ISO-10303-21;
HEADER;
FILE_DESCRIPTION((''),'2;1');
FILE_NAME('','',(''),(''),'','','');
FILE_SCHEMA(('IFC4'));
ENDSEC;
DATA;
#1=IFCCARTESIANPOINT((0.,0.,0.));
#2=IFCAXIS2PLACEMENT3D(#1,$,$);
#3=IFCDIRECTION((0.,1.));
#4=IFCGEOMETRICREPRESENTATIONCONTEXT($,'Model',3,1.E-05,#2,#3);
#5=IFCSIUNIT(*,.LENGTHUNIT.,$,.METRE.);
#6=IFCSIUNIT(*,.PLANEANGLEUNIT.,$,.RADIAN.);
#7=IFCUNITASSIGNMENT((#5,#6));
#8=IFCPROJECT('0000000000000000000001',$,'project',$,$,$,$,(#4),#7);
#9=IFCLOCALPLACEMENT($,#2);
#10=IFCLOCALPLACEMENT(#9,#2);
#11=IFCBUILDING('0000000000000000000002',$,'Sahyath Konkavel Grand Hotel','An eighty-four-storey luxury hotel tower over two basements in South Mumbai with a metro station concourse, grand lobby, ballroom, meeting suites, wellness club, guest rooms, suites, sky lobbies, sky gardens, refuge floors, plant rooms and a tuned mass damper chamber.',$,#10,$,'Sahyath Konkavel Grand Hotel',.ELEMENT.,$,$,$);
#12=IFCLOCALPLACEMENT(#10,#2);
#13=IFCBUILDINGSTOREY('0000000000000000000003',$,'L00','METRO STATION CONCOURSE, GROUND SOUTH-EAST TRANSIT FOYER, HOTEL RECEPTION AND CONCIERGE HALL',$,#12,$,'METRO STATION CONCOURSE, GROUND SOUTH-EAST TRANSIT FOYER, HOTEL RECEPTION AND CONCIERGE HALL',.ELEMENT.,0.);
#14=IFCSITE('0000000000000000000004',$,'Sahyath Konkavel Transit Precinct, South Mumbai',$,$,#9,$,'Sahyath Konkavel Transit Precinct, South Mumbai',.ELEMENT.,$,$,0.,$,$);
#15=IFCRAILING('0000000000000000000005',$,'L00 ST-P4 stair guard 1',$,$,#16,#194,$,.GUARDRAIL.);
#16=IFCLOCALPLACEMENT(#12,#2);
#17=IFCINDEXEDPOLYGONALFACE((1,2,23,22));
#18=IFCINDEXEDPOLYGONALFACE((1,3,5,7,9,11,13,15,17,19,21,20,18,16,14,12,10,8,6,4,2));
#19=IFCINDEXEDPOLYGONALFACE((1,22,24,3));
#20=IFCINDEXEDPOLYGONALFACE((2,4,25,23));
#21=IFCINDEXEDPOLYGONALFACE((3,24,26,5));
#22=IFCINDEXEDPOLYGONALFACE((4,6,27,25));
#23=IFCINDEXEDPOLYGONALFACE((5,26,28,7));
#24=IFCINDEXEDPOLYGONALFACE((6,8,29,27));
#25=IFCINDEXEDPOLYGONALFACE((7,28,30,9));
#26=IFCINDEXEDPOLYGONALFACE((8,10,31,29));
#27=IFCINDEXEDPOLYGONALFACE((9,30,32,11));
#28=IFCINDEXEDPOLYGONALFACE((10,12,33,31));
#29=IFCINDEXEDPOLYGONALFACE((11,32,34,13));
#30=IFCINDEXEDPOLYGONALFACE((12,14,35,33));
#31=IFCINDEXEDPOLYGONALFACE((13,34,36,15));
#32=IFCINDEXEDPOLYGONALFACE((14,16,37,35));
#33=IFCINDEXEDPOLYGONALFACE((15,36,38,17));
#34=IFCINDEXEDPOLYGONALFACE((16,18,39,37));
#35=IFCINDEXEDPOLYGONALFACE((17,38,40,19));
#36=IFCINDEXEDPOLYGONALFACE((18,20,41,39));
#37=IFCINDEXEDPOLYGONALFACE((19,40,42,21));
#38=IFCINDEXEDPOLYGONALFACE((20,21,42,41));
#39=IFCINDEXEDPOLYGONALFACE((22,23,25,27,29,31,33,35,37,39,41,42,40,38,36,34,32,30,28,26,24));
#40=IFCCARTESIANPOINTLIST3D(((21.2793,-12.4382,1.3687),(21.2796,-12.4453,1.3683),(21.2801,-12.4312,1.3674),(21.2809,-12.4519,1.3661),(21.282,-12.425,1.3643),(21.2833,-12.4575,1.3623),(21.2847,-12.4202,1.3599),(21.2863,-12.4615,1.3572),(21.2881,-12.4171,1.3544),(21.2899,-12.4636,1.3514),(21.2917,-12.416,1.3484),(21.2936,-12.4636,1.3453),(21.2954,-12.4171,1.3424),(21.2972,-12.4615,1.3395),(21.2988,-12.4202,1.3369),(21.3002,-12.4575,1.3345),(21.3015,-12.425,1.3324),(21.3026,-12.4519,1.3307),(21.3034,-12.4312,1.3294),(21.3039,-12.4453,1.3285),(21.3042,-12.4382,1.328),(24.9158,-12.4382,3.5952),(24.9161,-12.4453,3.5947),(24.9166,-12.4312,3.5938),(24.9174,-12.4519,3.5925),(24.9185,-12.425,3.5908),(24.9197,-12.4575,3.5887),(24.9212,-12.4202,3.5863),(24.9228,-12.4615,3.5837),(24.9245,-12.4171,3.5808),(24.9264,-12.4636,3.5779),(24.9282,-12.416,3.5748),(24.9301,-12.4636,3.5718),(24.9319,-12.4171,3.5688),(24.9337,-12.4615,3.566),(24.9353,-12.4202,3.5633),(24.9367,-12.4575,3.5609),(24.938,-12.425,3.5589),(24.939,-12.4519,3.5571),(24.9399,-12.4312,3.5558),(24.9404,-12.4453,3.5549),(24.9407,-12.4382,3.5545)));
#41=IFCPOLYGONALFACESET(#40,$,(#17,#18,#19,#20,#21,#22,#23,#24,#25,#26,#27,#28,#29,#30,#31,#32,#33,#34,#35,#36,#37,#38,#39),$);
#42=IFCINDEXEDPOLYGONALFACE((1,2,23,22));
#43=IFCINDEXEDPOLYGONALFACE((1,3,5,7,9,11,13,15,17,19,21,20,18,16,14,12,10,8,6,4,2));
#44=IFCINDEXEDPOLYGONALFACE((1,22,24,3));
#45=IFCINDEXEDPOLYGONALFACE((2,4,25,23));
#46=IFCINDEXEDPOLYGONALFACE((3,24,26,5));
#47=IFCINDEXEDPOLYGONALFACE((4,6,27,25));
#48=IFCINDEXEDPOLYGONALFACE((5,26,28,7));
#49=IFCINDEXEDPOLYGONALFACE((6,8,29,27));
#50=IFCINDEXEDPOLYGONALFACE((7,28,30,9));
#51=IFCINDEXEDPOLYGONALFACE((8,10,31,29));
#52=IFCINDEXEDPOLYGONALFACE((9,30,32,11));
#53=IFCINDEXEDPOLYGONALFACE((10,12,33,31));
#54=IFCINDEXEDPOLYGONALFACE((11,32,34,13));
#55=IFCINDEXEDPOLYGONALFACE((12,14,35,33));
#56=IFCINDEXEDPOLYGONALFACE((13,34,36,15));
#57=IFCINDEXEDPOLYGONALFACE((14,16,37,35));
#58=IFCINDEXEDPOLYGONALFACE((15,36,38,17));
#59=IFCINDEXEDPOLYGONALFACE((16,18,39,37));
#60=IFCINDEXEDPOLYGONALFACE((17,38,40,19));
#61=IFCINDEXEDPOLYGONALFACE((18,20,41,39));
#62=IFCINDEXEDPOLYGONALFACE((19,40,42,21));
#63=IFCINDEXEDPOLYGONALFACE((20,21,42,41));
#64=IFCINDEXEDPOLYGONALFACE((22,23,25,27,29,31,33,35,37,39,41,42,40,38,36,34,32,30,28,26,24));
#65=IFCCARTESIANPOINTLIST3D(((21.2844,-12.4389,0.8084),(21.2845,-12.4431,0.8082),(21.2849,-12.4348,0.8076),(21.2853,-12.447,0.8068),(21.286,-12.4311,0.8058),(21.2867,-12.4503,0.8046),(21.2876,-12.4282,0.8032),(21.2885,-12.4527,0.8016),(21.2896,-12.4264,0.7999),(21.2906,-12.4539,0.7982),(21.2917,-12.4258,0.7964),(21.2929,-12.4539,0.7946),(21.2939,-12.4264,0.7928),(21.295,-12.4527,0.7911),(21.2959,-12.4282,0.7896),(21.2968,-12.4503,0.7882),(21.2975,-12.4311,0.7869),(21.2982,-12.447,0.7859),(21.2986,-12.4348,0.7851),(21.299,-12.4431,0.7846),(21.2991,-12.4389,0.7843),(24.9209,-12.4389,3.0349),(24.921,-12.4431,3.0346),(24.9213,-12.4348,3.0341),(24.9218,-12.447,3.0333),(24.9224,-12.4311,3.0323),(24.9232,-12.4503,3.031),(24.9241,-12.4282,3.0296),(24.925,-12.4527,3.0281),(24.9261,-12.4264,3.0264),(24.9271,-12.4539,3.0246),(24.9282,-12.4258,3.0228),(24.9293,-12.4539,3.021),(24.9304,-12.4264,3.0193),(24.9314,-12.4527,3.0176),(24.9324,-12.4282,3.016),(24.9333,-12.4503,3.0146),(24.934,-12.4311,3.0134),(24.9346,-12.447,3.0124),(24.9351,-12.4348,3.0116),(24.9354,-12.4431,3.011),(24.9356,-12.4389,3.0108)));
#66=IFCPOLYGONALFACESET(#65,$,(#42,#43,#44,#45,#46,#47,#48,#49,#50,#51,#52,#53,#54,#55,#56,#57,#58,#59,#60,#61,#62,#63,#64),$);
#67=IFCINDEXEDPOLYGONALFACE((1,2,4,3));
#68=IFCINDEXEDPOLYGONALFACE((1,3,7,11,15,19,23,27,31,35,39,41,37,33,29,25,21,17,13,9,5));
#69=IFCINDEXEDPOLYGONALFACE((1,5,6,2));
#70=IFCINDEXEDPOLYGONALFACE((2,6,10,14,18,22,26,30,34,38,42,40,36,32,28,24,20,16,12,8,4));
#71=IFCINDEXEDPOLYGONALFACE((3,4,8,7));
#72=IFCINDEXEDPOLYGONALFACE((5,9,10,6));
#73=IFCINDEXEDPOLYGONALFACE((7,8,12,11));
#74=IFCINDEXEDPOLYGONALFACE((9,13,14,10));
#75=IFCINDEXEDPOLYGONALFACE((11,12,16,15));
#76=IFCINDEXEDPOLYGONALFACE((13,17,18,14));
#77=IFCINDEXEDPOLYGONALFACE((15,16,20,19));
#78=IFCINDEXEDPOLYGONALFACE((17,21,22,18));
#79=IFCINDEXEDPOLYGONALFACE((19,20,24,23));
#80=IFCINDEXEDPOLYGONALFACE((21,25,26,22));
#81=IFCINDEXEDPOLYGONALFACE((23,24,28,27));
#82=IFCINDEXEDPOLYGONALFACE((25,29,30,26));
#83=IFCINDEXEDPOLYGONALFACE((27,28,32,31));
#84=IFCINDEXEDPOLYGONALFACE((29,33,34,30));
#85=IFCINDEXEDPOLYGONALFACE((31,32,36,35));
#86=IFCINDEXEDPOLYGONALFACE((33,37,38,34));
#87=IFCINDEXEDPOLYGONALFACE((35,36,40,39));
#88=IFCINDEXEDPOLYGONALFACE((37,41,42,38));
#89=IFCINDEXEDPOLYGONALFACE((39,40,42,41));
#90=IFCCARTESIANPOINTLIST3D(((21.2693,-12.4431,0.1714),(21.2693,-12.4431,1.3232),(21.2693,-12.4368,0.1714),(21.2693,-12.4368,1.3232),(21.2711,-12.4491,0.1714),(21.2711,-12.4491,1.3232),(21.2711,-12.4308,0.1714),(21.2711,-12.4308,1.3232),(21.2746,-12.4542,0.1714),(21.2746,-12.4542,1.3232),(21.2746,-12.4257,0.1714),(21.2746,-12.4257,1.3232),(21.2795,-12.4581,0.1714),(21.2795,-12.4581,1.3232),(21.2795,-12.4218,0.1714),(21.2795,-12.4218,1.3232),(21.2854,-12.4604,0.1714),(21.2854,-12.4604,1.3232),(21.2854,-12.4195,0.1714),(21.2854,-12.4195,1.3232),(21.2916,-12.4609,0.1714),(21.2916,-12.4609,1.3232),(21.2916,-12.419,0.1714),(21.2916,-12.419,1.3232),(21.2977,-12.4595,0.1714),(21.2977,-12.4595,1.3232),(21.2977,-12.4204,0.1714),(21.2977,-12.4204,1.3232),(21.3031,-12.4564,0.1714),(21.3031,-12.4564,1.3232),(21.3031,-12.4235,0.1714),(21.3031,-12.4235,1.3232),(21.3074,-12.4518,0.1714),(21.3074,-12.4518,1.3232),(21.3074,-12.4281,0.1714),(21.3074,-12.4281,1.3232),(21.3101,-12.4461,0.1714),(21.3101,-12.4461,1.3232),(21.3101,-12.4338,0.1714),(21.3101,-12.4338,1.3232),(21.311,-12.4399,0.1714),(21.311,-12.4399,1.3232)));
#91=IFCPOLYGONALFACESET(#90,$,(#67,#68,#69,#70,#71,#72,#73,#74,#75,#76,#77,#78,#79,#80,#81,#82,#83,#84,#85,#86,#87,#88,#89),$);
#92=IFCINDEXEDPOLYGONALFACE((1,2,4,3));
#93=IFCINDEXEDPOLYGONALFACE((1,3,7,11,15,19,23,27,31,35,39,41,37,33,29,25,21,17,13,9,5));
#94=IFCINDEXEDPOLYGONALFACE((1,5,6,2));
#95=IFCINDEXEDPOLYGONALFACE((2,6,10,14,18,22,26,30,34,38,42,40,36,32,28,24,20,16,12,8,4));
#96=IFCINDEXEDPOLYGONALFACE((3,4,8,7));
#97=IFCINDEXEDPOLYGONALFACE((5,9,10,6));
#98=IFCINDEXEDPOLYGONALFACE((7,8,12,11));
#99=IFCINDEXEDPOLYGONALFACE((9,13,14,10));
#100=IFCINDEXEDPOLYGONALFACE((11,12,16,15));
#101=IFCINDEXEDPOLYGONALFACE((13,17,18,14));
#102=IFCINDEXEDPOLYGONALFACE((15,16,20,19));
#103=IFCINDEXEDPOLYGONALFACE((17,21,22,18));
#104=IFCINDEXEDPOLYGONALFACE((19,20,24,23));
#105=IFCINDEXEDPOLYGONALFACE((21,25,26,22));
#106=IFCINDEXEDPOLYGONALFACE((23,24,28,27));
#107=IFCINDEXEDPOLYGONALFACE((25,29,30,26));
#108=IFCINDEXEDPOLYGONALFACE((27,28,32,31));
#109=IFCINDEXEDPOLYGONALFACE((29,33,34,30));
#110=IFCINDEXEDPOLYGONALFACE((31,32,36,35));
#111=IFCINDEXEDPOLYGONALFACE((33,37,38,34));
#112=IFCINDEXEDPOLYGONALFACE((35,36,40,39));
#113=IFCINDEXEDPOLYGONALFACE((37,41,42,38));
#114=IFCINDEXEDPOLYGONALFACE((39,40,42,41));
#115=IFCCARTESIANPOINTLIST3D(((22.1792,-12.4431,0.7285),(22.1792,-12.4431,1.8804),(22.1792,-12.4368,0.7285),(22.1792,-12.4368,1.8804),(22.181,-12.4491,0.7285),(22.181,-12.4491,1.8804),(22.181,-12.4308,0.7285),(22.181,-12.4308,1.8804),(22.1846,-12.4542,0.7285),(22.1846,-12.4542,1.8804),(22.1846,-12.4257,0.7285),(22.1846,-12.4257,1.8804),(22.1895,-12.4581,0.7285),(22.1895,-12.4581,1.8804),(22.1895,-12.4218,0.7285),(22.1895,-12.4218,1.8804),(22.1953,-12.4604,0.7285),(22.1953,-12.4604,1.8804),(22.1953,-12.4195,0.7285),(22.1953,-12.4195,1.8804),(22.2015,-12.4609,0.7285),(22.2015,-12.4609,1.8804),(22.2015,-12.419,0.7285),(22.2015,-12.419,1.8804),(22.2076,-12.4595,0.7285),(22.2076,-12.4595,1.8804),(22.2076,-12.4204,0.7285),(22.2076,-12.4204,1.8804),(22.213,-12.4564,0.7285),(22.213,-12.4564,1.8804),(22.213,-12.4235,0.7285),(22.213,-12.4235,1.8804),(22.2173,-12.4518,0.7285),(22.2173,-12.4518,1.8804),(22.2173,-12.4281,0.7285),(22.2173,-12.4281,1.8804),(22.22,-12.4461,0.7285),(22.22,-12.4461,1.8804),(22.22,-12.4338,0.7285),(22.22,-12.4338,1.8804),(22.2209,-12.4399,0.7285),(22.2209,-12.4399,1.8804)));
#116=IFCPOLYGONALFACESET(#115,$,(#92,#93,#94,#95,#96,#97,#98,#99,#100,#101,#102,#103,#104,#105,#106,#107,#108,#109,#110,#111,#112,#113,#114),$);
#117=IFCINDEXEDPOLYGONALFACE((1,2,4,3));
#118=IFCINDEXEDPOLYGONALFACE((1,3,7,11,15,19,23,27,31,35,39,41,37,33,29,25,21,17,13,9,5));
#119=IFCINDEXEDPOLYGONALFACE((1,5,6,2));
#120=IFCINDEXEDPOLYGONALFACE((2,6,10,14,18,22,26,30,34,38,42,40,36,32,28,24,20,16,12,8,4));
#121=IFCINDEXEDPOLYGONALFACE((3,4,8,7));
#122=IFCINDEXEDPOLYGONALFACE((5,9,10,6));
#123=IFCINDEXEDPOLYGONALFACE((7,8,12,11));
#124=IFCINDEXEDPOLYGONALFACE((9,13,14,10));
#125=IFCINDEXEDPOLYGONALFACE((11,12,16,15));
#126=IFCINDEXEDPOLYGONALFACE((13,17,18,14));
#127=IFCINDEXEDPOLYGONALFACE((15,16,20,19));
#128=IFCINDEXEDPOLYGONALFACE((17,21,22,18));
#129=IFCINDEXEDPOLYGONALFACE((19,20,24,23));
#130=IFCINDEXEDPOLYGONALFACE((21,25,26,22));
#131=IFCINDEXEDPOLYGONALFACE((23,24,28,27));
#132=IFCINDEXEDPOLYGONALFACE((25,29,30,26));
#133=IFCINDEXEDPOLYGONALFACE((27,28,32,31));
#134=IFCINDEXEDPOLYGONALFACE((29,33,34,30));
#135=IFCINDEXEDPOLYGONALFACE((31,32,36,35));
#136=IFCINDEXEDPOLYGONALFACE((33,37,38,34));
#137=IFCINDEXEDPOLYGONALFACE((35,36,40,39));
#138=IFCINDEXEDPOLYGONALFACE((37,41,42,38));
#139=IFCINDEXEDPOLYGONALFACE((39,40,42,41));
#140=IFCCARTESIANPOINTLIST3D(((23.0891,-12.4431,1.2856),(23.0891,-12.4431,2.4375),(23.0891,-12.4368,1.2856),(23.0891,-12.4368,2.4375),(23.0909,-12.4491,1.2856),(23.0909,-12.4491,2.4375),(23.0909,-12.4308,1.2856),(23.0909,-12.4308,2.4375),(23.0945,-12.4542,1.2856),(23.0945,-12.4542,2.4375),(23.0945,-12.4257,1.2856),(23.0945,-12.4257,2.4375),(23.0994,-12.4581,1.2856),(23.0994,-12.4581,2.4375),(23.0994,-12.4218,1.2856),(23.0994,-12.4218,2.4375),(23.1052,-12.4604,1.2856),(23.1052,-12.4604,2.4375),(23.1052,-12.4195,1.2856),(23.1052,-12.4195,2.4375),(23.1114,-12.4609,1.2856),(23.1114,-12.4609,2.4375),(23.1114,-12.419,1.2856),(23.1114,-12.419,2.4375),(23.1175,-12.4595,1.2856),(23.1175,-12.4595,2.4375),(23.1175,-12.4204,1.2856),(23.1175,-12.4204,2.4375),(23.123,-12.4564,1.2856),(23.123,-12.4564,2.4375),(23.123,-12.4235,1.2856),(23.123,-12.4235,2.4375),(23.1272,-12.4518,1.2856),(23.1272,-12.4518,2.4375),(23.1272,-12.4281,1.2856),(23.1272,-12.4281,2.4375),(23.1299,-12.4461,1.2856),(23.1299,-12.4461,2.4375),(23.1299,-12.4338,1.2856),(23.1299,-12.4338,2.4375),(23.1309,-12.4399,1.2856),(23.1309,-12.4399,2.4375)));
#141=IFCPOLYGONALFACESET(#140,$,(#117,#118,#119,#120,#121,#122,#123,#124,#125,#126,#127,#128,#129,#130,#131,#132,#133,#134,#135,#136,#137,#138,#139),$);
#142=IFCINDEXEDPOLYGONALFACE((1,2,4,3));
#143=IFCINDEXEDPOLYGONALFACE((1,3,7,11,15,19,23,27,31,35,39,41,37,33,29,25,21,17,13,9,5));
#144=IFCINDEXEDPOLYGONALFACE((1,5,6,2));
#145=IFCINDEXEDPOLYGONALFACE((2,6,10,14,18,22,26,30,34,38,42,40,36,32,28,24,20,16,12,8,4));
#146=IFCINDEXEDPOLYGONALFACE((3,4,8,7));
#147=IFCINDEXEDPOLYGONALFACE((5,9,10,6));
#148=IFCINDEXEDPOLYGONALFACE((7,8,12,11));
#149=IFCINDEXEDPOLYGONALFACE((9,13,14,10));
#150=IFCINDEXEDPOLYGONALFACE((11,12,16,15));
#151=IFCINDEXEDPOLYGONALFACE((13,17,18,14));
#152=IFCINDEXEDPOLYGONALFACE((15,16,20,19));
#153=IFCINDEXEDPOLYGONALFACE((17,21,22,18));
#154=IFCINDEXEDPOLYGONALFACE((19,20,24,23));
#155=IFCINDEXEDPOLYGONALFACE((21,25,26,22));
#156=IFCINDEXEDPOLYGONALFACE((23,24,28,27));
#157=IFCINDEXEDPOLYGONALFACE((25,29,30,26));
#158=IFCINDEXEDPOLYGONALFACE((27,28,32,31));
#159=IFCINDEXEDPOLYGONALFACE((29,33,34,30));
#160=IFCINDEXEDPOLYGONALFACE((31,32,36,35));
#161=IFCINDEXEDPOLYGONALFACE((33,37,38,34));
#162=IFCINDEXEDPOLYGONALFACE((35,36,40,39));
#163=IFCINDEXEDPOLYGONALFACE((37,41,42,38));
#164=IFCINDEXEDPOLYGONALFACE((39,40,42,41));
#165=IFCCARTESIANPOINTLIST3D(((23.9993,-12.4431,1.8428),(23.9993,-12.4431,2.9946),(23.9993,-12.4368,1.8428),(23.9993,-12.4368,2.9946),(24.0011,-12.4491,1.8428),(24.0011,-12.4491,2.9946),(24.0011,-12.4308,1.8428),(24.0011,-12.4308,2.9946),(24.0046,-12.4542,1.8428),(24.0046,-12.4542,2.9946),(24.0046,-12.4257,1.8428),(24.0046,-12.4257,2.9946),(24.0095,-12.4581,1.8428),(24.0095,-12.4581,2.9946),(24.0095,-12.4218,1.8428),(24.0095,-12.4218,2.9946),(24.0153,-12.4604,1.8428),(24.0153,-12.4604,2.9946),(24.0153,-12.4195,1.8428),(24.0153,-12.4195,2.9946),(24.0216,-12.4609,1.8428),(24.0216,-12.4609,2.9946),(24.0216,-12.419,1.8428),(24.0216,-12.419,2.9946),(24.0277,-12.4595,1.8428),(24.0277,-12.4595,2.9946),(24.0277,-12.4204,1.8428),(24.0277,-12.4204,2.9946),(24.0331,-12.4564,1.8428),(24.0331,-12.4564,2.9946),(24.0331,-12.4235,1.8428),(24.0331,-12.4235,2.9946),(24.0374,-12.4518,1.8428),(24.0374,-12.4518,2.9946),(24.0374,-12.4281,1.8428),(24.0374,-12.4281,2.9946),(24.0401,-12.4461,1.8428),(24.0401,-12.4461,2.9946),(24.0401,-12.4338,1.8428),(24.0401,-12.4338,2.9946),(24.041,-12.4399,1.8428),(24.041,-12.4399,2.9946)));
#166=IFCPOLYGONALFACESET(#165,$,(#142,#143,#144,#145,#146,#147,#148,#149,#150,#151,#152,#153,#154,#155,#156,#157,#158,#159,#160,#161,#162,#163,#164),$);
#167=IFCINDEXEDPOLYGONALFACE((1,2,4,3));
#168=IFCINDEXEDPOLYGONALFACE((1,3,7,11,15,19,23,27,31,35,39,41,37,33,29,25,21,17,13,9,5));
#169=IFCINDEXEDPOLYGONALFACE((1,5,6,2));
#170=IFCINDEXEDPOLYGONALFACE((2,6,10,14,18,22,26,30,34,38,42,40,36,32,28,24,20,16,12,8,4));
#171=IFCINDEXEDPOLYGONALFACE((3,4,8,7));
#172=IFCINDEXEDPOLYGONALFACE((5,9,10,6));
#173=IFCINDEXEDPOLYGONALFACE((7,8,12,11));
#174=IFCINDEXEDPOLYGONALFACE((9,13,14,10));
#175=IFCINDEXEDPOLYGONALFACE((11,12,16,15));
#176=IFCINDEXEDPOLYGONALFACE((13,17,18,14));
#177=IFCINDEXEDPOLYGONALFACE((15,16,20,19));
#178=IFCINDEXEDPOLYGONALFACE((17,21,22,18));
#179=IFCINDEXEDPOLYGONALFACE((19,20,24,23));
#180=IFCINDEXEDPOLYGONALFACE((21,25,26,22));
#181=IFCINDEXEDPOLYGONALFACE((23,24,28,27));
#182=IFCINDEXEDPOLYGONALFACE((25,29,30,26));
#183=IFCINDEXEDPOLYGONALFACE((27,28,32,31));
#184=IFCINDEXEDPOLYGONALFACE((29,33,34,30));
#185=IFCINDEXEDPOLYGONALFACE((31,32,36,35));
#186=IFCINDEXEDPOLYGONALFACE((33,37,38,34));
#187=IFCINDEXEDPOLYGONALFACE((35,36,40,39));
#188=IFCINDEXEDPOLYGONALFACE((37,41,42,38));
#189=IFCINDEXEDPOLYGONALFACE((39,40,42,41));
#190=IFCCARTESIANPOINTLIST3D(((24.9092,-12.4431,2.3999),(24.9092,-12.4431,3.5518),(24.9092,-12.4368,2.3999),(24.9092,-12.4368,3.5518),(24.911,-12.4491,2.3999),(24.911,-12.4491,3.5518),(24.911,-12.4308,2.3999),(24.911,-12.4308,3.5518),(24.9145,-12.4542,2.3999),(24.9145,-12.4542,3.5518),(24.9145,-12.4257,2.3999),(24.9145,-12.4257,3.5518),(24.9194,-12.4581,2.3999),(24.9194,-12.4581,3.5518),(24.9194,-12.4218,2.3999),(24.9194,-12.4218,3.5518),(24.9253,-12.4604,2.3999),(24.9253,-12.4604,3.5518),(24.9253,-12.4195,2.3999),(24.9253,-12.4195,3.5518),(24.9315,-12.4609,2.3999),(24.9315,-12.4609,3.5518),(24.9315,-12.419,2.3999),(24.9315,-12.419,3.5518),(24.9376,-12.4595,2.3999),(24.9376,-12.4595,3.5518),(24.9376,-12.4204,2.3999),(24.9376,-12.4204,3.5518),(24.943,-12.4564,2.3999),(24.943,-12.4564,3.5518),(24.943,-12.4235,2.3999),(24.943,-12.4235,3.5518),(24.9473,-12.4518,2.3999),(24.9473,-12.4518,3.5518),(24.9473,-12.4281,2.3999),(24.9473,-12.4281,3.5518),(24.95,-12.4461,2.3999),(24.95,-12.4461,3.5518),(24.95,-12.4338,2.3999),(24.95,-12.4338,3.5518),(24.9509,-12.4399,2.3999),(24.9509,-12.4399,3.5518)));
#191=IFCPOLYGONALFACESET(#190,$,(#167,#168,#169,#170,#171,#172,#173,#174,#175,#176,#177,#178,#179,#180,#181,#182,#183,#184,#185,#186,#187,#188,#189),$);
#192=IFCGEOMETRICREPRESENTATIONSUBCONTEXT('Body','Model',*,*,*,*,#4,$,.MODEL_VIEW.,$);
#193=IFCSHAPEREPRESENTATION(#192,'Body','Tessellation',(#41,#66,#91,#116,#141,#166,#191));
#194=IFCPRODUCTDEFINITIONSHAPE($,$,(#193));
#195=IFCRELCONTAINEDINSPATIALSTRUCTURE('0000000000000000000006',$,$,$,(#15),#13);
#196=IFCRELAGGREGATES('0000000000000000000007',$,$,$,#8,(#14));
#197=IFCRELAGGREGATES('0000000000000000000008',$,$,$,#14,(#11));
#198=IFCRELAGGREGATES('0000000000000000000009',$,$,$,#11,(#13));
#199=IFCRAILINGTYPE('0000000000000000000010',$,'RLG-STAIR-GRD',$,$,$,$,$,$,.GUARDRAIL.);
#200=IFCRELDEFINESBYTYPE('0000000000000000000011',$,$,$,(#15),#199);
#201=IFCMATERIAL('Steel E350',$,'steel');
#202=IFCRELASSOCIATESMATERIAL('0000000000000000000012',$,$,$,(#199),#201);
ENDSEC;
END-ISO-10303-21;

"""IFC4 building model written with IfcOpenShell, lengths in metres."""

from ifc_helpers import new_model, si_unit, direction, frame, origin, origin_2d, place, context, subcontext, project, spatial, circle, extrude, material, type_object, element, save


model = new_model("IFC4")

# Units and contexts
model_context = context("Model", 3, precision=1e-05, world=origin(), true_north=direction((0.0, 1.0)))
body_context = subcontext(model_context, "Body", "Model", "MODEL_VIEW")
ifc_project = project(units=[si_unit("LENGTHUNIT", "METRE"), si_unit("PLANEANGLEUNIT", "RADIAN")], contexts=[model_context])

# Site, building, storey
site_placement = place(None, origin())
site = spatial("IfcSite", under=ifc_project, at=site_placement, Name="Sahyath Konkavel Transit Precinct, South Mumbai", LongName="Sahyath Konkavel Transit Precinct, South Mumbai", CompositionType="ELEMENT", RefElevation=0.0)
building_placement = place(site_placement, origin())
building = spatial("IfcBuilding", under=site, at=building_placement, Name="Sahyath Konkavel Grand Hotel", Description="An eighty-four-storey luxury hotel tower over two basements in South Mumbai with a metro station concourse, grand lobby, ballroom, meeting suites, wellness club, guest rooms, suites, sky lobbies, sky gardens, refuge floors, plant rooms and a tuned mass damper chamber.", LongName="Sahyath Konkavel Grand Hotel", CompositionType="ELEMENT")
storey_placement = place(building_placement, origin())
storey = spatial("IfcBuildingStorey", under=building, at=storey_placement, Name="L00", Description="METRO STATION CONCOURSE, GROUND SOUTH-EAST TRANSIT FOYER, HOTEL RECEPTION AND CONCIERGE HALL", LongName="METRO STATION CONCOURSE, GROUND SOUTH-EAST TRANSIT FOYER, HOTEL RECEPTION AND CONCIERGE HALL", CompositionType="ELEMENT", Elevation=0.0)

# Shared definitions
ifc_material_1 = material(Name="Steel E350", Category="steel")

# Railing
railing_type_1 = type_object("IfcRailingType", Name="RLG-STAIR-GRD", PredefinedType="GUARDRAIL", material=ifc_material_1)
railing_1_placement = place(storey_placement, frame((21.29, -12.4399, 0.1714)))
element("IfcRailing", 1, at=railing_1_placement, inside=storey, type_object=railing_type_1, Name="L00 ST-P4 stair guard 1", PredefinedType="GUARDRAIL", context=body_context, shape_type="SweptSolid", body=[
    extrude(circle(Radius=0.0239, at=origin_2d()), frame((0.0017, 0.0, 1.177), z_axis=(0.85285, 0.0, 0.522156), x_axis=(0.0, 1.0, 0.0)), (0.0, 0.0, 1.0), 4.2639),
    extrude(circle(Radius=0.0142, at=origin_2d()), frame((0.0017, 0.0, 0.625), z_axis=(0.85285, 0.0, 0.522156), x_axis=(0.0, 1.0, 0.0)), (0.0, 0.0, 1.0), 4.2639),
    extrude(circle(Radius=0.021, at=origin_2d()), origin(), (0.0, 0.0, 1.0), 1.1519),
    extrude(circle(Radius=0.021, at=origin_2d()), frame((0.9099, 0.0, 0.5571)), (0.0, 0.0, 1.0), 1.1519),
    extrude(circle(Radius=0.021, at=origin_2d()), frame((1.8198, 0.0, 1.1143)), (0.0, 0.0, 1.0), 1.1519),
    extrude(circle(Radius=0.021, at=origin_2d()), frame((2.73, 0.0, 1.6714)), (0.0, 0.0, 1.0), 1.1519),
    extrude(circle(Radius=0.021, at=origin_2d()), frame((3.6399, 0.0, 2.2285)), (0.0, 0.0, 1.0), 1.1519),
])

save(model, "model.ifc")
